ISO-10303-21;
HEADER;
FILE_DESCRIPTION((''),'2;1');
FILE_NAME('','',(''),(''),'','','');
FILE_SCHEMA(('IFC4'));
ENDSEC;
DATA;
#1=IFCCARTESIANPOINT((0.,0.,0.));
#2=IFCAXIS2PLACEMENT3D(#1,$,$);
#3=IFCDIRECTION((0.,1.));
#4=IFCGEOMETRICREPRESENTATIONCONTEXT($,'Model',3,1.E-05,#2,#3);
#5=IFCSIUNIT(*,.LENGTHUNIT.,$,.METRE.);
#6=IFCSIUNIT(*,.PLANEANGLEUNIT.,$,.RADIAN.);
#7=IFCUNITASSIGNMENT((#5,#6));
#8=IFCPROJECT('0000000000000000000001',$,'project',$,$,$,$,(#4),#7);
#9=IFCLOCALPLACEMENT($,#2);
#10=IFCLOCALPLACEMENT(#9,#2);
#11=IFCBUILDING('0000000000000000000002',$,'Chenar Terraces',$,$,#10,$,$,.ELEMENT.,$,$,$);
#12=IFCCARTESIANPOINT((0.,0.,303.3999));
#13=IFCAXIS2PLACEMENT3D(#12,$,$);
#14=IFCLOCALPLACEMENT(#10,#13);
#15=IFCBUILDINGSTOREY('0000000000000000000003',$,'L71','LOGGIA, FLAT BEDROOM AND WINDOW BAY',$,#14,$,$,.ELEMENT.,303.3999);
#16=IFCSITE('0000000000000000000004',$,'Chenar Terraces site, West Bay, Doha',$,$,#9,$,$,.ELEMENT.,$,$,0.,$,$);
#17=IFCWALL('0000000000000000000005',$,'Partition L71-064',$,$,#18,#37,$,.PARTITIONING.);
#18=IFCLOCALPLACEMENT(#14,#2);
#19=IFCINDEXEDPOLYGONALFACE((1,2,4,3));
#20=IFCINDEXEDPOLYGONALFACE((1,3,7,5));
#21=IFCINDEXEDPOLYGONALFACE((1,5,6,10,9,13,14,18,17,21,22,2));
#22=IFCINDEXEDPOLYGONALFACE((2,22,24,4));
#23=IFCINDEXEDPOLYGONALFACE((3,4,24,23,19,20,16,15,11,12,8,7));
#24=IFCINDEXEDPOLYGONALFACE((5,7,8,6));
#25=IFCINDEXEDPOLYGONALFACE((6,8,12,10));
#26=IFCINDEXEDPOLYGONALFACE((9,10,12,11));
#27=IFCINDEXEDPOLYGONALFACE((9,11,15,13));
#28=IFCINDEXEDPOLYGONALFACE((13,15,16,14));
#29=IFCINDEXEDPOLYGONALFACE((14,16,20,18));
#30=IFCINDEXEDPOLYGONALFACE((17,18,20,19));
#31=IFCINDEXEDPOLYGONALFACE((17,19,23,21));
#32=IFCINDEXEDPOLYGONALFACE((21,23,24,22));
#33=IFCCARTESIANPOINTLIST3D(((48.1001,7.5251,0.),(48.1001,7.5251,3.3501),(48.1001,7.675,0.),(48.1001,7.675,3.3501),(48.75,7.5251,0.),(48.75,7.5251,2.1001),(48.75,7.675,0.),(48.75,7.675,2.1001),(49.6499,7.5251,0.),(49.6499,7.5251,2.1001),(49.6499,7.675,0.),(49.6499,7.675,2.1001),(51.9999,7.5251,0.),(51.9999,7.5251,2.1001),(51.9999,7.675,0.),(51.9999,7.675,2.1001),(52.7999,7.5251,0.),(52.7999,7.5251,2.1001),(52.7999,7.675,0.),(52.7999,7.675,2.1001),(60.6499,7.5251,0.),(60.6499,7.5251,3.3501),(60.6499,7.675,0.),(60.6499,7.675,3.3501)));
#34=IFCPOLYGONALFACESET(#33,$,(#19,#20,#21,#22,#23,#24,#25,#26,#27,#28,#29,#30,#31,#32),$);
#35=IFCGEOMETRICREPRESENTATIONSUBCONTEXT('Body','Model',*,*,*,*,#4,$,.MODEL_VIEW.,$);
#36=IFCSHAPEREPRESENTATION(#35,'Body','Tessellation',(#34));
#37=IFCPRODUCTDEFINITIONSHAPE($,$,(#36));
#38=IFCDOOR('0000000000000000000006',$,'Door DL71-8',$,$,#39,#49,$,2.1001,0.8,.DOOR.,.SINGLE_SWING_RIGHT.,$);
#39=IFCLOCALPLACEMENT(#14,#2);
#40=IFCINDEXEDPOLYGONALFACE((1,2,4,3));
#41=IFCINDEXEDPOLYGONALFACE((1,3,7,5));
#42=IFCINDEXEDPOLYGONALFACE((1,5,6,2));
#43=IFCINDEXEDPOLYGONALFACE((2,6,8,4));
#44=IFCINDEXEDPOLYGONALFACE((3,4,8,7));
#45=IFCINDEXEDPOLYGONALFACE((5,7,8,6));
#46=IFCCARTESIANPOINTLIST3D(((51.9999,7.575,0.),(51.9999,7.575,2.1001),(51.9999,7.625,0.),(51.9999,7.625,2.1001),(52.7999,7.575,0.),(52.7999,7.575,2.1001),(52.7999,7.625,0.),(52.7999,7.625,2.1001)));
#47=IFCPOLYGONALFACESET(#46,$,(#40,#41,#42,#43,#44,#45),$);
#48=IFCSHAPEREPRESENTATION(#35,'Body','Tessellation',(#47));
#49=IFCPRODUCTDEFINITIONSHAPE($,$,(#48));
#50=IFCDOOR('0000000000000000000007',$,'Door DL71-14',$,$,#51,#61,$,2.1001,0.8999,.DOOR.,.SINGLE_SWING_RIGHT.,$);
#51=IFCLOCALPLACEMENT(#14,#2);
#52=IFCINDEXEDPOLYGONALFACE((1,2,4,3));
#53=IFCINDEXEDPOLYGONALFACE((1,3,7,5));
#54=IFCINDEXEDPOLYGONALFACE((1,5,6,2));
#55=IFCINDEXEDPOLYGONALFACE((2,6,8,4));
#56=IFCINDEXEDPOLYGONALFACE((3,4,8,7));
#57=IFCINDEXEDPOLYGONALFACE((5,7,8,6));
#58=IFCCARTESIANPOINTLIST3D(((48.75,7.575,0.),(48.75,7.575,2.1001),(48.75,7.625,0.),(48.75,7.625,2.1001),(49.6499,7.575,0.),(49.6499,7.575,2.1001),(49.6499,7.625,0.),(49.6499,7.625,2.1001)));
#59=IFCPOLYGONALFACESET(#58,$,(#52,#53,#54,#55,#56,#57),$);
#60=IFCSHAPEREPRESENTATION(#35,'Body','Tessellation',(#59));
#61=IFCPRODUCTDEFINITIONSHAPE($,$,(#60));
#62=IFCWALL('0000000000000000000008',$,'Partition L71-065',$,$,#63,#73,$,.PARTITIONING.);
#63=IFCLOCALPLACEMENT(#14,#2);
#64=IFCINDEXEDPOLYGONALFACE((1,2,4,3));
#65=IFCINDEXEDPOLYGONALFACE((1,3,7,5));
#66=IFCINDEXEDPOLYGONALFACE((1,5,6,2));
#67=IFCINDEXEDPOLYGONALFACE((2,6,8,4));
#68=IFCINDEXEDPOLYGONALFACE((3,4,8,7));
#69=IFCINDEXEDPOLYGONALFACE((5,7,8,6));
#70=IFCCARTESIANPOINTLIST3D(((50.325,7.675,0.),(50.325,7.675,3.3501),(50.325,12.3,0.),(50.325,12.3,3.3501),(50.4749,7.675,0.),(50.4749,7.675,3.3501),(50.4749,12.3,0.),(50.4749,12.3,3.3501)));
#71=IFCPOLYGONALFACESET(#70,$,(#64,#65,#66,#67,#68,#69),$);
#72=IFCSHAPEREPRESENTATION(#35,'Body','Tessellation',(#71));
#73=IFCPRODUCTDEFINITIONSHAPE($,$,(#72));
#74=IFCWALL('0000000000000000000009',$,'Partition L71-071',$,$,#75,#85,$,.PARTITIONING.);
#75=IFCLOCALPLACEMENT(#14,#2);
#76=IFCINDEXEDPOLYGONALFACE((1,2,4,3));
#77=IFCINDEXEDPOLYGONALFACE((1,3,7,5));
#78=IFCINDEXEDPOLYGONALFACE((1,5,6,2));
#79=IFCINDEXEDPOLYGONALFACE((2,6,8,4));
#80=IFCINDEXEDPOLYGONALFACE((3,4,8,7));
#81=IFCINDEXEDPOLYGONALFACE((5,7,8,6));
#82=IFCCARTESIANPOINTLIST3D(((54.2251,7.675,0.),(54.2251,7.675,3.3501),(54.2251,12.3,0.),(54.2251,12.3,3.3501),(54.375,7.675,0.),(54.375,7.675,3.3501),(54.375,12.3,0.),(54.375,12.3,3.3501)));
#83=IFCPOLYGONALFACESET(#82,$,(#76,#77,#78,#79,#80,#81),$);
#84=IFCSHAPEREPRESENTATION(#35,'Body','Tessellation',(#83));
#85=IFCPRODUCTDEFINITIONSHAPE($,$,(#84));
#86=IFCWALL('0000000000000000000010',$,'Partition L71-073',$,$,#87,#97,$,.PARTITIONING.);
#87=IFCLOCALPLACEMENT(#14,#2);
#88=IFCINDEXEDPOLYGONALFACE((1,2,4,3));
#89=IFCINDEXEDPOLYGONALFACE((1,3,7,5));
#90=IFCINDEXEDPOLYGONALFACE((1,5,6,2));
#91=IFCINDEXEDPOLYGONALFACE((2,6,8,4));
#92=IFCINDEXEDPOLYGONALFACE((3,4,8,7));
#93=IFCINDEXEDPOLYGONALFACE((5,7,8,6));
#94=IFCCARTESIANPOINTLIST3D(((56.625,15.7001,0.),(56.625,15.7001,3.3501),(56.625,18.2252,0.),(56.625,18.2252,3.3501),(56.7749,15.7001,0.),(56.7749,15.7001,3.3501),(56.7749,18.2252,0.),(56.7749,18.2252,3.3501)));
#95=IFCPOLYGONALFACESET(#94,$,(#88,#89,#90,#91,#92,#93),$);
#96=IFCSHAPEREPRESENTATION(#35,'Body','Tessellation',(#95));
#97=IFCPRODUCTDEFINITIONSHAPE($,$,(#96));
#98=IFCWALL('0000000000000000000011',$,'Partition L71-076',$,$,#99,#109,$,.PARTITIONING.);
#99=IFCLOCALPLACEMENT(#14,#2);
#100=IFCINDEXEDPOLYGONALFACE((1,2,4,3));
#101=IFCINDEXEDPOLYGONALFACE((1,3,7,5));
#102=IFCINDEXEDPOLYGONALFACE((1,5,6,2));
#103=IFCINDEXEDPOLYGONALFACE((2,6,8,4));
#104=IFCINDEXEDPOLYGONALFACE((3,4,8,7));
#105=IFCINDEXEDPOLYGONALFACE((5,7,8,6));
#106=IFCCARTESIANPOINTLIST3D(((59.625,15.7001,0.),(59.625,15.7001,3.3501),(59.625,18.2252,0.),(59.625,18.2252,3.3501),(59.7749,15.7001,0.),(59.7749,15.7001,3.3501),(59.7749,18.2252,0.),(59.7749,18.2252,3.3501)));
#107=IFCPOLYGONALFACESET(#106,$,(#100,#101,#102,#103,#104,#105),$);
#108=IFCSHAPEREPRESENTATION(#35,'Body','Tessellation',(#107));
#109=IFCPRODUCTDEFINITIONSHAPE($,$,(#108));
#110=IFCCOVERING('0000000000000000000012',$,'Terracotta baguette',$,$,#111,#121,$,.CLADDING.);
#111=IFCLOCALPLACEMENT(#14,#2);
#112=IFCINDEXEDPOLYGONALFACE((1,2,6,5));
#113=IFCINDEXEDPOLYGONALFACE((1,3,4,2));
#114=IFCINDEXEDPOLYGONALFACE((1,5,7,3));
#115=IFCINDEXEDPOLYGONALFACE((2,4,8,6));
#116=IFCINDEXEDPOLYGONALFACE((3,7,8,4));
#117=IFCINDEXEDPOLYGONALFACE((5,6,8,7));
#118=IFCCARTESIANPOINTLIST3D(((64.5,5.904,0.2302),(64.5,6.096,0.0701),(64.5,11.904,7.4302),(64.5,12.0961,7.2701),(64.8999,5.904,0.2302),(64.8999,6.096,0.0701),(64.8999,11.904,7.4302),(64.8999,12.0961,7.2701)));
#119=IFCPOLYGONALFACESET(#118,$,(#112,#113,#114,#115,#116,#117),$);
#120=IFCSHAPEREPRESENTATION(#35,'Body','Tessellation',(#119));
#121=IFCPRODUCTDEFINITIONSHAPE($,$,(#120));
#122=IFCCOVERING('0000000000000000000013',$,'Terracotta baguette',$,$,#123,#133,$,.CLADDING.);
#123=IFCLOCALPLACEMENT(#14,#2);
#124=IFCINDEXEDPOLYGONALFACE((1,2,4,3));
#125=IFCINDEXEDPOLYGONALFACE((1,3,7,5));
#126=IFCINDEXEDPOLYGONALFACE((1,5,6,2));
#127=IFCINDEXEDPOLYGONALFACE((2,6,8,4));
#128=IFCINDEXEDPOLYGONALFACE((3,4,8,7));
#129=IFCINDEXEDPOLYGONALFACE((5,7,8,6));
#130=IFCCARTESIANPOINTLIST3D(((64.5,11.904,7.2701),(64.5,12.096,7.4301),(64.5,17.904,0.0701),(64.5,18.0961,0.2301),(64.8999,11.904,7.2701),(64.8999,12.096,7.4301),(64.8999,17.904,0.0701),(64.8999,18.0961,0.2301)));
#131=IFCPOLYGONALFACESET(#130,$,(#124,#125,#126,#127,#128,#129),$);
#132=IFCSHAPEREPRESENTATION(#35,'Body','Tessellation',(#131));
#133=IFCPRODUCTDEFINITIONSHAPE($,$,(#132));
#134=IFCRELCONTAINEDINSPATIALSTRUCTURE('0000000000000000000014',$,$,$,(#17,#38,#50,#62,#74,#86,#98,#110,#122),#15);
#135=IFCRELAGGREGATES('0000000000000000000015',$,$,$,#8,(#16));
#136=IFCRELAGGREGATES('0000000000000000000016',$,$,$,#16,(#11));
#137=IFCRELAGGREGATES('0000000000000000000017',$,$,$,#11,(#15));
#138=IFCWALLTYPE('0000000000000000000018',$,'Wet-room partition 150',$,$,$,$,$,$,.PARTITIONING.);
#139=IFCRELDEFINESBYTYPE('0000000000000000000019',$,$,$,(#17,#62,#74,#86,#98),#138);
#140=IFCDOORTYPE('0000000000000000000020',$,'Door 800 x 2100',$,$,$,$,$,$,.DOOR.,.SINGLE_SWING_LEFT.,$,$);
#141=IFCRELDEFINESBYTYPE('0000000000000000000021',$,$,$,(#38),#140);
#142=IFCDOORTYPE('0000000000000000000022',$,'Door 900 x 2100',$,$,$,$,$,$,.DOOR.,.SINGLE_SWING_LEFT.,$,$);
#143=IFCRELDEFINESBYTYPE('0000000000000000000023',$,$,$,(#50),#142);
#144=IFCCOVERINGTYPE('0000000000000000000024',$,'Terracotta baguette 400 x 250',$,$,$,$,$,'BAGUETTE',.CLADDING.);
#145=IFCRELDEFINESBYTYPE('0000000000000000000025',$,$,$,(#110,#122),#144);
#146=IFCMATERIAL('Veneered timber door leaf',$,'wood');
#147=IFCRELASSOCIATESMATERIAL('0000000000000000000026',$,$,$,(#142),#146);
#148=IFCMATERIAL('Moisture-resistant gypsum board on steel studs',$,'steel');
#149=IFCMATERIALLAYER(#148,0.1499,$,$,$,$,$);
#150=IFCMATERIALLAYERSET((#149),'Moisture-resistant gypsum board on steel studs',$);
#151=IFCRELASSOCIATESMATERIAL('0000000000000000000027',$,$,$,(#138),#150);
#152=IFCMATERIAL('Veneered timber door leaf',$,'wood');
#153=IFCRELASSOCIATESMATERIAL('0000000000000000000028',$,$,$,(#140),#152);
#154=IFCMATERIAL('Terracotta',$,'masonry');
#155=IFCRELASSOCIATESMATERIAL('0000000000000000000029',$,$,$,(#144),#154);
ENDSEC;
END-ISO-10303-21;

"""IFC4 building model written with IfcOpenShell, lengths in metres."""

from ifc_helpers import new_model, si_unit, direction, frame, frame_2d, origin, origin_2d, place, context, subcontext, project, spatial, rectangle, extrude, material, layer, layer_set, material_profile, profile_set, type_object, element, fill, save


model = new_model("IFC4")

# Units and contexts
model_context = context("Model", 3, precision=1e-05, world=origin(), true_north=direction((0.0, 1.0)))
body_context = subcontext(model_context, "Body", "Model", "MODEL_VIEW")
ifc_project = project(units=[si_unit("LENGTHUNIT", "METRE"), si_unit("PLANEANGLEUNIT", "RADIAN")], contexts=[model_context])

# Site, building, storey
site_placement = place(None, origin())
site = spatial("IfcSite", under=ifc_project, at=site_placement, Name="Chenar Terraces site, West Bay, Doha", CompositionType="ELEMENT", RefElevation=0.0)
building_placement = place(site_placement, origin())
building = spatial("IfcBuilding", under=site, at=building_placement, Name="Chenar Terraces", CompositionType="ELEMENT")
storey_placement = place(building_placement, frame((0.0, 0.0, 303.3999)))
storey = spatial("IfcBuildingStorey", under=building, at=storey_placement, Name="L71", Description="LOGGIA, FLAT BEDROOM AND WINDOW BAY", CompositionType="ELEMENT", Elevation=303.3999)

# Shared definitions
ifc_material_1 = material(Name="Veneered timber door leaf", Category="wood")
door_type_1 = type_object("IfcDoorType", Name="Door 900 x 2100", OperationType="SINGLE_SWING_LEFT", PredefinedType="DOOR", material=ifc_material_1)

# Wall, openings, doors
ifc_material_2 = material(Name="Moisture-resistant gypsum board on steel studs", Category="steel")
ifc_layer_1 = layer(ifc_material_2, 0.1499)
ifc_layer_set_1 = layer_set([ifc_layer_1], Name="Moisture-resistant gypsum board on steel studs")
wall_type_1 = type_object("IfcWallType", Name="Wet-room partition 150", PredefinedType="PARTITIONING", material=ifc_layer_set_1)
wall_1_placement = place(storey_placement, frame((48.1001, 7.6001, 0.0), z_axis=(0.0, 0.0, 1.0), x_axis=(1.0, 0.0, 0.0)))
wall_1 = element("IfcWall", 1, at=wall_1_placement, inside=storey, type_object=wall_type_1, Name="Partition L71-064", PredefinedType="PARTITIONING", context=body_context, shape_type="SweptSolid", body=[
    extrude(rectangle(XDim=12.5498, YDim=0.1499, at=frame_2d((6.2749, 0.0))), origin(), (0.0, 0.0, 1.0), 3.3501),
])
opening_1_placement = place(wall_1_placement, frame((3.8999, 0.0, 0.0)))
opening_1 = element("IfcOpeningElement", 2, at=opening_1_placement, cuts=wall_1, PredefinedType="OPENING", context=body_context, shape_type="SweptSolid", body=[
    extrude(rectangle(XDim=0.8, YDim=2.1001, at=frame_2d((0.3999, 1.05))), frame((0.0, 0.085, 0.0), z_axis=(0.0, -1.0, 0.0), x_axis=(1.0, 0.0, 0.0)), (0.0, 0.0, 1.0), 0.1699),
])
opening_2_placement = place(wall_1_placement, frame((0.6499, 0.0, 0.0)))
opening_2 = element("IfcOpeningElement", 3, at=opening_2_placement, cuts=wall_1, PredefinedType="OPENING", context=body_context, shape_type="SweptSolid", body=[
    extrude(rectangle(XDim=0.8999, YDim=2.1001, at=frame_2d((0.45, 1.05))), frame((0.0, 0.085, 0.0), z_axis=(0.0, -1.0, 0.0), x_axis=(1.0, 0.0, 0.0)), (0.0, 0.0, 1.0), 0.1699),
])
ifc_material_3 = material(Name="Veneered timber door leaf", Category="wood")
door_type_2 = type_object("IfcDoorType", Name="Door 800 x 2100", OperationType="SINGLE_SWING_LEFT", PredefinedType="DOOR", material=ifc_material_3)
door_1_placement = place(opening_1_placement, origin())
door_1 = element("IfcDoor", 4, at=door_1_placement, inside=storey, type_object=door_type_2, Name="Door DL71-8", OperationType="SINGLE_SWING_RIGHT", OverallHeight=2.1001, OverallWidth=0.8, PredefinedType="DOOR", context=body_context, shape_type="SweptSolid", body=[
    extrude(rectangle(XDim=0.8, YDim=2.1001, at=frame_2d((0.3999, 1.05))), frame((0.0, 0.0249, 0.0), z_axis=(0.0, -1.0, 0.0), x_axis=(1.0, 0.0, 0.0)), (0.0, 0.0, 1.0), 0.05),
])
fill(opening_1, door_1)
door_2_placement = place(opening_2_placement, origin())
door_2 = element("IfcDoor", 5, at=door_2_placement, inside=storey, type_object=door_type_1, Name="Door DL71-14", OperationType="SINGLE_SWING_RIGHT", OverallHeight=2.1001, OverallWidth=0.8999, PredefinedType="DOOR", context=body_context, shape_type="SweptSolid", body=[
    extrude(rectangle(XDim=0.8999, YDim=2.1001, at=frame_2d((0.45, 1.05))), frame((0.0, 0.0249, 0.0), z_axis=(0.0, -1.0, 0.0), x_axis=(1.0, 0.0, 0.0)), (0.0, 0.0, 1.0), 0.05),
])
fill(opening_2, door_2)

# Walls
for number, where, z_axis, x_axis, name in (
    (6, (50.3999, 7.675, 0.0), (0.0, 0.0, 1.0), (0.0, 1.0, 0.0), "Partition L71-065"),
    (7, (54.3, 7.675, 0.0), (0.0, 0.0, 1.0), (0.0, 1.0, 0.0), "Partition L71-071"),
):
    element("IfcWall", number, at=place(storey_placement, frame(where, z_axis=z_axis, x_axis=x_axis)), inside=storey, type_object=wall_type_1, Name=name, PredefinedType="PARTITIONING", context=body_context, shape_type="SweptSolid", body=[
        extrude(rectangle(XDim=4.625, YDim=0.1499, at=frame_2d((2.3125, 0.0))), origin(), (0.0, 0.0, 1.0), 3.3501),
    ])
for number, where, z_axis, x_axis, name in (
    (8, (56.7, 15.7, 0.0), (0.0, 0.0, 1.0), (0.0, 1.0, 0.0), "Partition L71-073"),
    (9, (59.7, 15.7, 0.0), (0.0, 0.0, 1.0), (0.0, 1.0, 0.0), "Partition L71-076"),
):
    element("IfcWall", number, at=place(storey_placement, frame(where, z_axis=z_axis, x_axis=x_axis)), inside=storey, type_object=wall_type_1, Name=name, PredefinedType="PARTITIONING", context=body_context, shape_type="SweptSolid", body=[
        extrude(rectangle(XDim=2.5251, YDim=0.1499, at=frame_2d((1.2627, 0.0))), origin(), (0.0, 0.0, 1.0), 3.3501),
    ])

# Coverings
ifc_material_4 = material(Name="Terracotta", Category="masonry")
ifc_material_profile_1 = material_profile(ifc_material_4, rectangle(XDim=0.3999, YDim=0.25, at=origin_2d()), Name="Terracotta baguette 400 x 250")
ifc_profile_set_1 = profile_set([ifc_material_profile_1], Name="Terracotta")
covering_type = type_object("IfcCoveringType", Name="Terracotta baguette 400 x 250", ElementType="BAGUETTE", PredefinedType="CLADDING", material=ifc_profile_set_1)
for number, where, z_axis, x_axis, name in (
    (10, (64.7, 6.0, 0.1501), (0.0, 0.640187, 0.768219), (-1.0, 0.0, 0.0), "Terracotta baguette"),
    (11, (64.7, 12.0, 7.3501), (0.0, 0.640187, -0.768219), (-1.0, 0.0, 0.0), "Terracotta baguette"),
):
    element("IfcCovering", number, at=place(storey_placement, frame(where, z_axis=z_axis, x_axis=x_axis)), inside=storey, type_object=covering_type, Name=name, PredefinedType="CLADDING", context=body_context, shape_type="SweptSolid", body=[
        extrude(rectangle(XDim=0.3999, YDim=0.25, at=origin_2d()), origin(), (0.0, 0.0, 1.0), 9.3723),
    ])

save(model, "model.ifc")
